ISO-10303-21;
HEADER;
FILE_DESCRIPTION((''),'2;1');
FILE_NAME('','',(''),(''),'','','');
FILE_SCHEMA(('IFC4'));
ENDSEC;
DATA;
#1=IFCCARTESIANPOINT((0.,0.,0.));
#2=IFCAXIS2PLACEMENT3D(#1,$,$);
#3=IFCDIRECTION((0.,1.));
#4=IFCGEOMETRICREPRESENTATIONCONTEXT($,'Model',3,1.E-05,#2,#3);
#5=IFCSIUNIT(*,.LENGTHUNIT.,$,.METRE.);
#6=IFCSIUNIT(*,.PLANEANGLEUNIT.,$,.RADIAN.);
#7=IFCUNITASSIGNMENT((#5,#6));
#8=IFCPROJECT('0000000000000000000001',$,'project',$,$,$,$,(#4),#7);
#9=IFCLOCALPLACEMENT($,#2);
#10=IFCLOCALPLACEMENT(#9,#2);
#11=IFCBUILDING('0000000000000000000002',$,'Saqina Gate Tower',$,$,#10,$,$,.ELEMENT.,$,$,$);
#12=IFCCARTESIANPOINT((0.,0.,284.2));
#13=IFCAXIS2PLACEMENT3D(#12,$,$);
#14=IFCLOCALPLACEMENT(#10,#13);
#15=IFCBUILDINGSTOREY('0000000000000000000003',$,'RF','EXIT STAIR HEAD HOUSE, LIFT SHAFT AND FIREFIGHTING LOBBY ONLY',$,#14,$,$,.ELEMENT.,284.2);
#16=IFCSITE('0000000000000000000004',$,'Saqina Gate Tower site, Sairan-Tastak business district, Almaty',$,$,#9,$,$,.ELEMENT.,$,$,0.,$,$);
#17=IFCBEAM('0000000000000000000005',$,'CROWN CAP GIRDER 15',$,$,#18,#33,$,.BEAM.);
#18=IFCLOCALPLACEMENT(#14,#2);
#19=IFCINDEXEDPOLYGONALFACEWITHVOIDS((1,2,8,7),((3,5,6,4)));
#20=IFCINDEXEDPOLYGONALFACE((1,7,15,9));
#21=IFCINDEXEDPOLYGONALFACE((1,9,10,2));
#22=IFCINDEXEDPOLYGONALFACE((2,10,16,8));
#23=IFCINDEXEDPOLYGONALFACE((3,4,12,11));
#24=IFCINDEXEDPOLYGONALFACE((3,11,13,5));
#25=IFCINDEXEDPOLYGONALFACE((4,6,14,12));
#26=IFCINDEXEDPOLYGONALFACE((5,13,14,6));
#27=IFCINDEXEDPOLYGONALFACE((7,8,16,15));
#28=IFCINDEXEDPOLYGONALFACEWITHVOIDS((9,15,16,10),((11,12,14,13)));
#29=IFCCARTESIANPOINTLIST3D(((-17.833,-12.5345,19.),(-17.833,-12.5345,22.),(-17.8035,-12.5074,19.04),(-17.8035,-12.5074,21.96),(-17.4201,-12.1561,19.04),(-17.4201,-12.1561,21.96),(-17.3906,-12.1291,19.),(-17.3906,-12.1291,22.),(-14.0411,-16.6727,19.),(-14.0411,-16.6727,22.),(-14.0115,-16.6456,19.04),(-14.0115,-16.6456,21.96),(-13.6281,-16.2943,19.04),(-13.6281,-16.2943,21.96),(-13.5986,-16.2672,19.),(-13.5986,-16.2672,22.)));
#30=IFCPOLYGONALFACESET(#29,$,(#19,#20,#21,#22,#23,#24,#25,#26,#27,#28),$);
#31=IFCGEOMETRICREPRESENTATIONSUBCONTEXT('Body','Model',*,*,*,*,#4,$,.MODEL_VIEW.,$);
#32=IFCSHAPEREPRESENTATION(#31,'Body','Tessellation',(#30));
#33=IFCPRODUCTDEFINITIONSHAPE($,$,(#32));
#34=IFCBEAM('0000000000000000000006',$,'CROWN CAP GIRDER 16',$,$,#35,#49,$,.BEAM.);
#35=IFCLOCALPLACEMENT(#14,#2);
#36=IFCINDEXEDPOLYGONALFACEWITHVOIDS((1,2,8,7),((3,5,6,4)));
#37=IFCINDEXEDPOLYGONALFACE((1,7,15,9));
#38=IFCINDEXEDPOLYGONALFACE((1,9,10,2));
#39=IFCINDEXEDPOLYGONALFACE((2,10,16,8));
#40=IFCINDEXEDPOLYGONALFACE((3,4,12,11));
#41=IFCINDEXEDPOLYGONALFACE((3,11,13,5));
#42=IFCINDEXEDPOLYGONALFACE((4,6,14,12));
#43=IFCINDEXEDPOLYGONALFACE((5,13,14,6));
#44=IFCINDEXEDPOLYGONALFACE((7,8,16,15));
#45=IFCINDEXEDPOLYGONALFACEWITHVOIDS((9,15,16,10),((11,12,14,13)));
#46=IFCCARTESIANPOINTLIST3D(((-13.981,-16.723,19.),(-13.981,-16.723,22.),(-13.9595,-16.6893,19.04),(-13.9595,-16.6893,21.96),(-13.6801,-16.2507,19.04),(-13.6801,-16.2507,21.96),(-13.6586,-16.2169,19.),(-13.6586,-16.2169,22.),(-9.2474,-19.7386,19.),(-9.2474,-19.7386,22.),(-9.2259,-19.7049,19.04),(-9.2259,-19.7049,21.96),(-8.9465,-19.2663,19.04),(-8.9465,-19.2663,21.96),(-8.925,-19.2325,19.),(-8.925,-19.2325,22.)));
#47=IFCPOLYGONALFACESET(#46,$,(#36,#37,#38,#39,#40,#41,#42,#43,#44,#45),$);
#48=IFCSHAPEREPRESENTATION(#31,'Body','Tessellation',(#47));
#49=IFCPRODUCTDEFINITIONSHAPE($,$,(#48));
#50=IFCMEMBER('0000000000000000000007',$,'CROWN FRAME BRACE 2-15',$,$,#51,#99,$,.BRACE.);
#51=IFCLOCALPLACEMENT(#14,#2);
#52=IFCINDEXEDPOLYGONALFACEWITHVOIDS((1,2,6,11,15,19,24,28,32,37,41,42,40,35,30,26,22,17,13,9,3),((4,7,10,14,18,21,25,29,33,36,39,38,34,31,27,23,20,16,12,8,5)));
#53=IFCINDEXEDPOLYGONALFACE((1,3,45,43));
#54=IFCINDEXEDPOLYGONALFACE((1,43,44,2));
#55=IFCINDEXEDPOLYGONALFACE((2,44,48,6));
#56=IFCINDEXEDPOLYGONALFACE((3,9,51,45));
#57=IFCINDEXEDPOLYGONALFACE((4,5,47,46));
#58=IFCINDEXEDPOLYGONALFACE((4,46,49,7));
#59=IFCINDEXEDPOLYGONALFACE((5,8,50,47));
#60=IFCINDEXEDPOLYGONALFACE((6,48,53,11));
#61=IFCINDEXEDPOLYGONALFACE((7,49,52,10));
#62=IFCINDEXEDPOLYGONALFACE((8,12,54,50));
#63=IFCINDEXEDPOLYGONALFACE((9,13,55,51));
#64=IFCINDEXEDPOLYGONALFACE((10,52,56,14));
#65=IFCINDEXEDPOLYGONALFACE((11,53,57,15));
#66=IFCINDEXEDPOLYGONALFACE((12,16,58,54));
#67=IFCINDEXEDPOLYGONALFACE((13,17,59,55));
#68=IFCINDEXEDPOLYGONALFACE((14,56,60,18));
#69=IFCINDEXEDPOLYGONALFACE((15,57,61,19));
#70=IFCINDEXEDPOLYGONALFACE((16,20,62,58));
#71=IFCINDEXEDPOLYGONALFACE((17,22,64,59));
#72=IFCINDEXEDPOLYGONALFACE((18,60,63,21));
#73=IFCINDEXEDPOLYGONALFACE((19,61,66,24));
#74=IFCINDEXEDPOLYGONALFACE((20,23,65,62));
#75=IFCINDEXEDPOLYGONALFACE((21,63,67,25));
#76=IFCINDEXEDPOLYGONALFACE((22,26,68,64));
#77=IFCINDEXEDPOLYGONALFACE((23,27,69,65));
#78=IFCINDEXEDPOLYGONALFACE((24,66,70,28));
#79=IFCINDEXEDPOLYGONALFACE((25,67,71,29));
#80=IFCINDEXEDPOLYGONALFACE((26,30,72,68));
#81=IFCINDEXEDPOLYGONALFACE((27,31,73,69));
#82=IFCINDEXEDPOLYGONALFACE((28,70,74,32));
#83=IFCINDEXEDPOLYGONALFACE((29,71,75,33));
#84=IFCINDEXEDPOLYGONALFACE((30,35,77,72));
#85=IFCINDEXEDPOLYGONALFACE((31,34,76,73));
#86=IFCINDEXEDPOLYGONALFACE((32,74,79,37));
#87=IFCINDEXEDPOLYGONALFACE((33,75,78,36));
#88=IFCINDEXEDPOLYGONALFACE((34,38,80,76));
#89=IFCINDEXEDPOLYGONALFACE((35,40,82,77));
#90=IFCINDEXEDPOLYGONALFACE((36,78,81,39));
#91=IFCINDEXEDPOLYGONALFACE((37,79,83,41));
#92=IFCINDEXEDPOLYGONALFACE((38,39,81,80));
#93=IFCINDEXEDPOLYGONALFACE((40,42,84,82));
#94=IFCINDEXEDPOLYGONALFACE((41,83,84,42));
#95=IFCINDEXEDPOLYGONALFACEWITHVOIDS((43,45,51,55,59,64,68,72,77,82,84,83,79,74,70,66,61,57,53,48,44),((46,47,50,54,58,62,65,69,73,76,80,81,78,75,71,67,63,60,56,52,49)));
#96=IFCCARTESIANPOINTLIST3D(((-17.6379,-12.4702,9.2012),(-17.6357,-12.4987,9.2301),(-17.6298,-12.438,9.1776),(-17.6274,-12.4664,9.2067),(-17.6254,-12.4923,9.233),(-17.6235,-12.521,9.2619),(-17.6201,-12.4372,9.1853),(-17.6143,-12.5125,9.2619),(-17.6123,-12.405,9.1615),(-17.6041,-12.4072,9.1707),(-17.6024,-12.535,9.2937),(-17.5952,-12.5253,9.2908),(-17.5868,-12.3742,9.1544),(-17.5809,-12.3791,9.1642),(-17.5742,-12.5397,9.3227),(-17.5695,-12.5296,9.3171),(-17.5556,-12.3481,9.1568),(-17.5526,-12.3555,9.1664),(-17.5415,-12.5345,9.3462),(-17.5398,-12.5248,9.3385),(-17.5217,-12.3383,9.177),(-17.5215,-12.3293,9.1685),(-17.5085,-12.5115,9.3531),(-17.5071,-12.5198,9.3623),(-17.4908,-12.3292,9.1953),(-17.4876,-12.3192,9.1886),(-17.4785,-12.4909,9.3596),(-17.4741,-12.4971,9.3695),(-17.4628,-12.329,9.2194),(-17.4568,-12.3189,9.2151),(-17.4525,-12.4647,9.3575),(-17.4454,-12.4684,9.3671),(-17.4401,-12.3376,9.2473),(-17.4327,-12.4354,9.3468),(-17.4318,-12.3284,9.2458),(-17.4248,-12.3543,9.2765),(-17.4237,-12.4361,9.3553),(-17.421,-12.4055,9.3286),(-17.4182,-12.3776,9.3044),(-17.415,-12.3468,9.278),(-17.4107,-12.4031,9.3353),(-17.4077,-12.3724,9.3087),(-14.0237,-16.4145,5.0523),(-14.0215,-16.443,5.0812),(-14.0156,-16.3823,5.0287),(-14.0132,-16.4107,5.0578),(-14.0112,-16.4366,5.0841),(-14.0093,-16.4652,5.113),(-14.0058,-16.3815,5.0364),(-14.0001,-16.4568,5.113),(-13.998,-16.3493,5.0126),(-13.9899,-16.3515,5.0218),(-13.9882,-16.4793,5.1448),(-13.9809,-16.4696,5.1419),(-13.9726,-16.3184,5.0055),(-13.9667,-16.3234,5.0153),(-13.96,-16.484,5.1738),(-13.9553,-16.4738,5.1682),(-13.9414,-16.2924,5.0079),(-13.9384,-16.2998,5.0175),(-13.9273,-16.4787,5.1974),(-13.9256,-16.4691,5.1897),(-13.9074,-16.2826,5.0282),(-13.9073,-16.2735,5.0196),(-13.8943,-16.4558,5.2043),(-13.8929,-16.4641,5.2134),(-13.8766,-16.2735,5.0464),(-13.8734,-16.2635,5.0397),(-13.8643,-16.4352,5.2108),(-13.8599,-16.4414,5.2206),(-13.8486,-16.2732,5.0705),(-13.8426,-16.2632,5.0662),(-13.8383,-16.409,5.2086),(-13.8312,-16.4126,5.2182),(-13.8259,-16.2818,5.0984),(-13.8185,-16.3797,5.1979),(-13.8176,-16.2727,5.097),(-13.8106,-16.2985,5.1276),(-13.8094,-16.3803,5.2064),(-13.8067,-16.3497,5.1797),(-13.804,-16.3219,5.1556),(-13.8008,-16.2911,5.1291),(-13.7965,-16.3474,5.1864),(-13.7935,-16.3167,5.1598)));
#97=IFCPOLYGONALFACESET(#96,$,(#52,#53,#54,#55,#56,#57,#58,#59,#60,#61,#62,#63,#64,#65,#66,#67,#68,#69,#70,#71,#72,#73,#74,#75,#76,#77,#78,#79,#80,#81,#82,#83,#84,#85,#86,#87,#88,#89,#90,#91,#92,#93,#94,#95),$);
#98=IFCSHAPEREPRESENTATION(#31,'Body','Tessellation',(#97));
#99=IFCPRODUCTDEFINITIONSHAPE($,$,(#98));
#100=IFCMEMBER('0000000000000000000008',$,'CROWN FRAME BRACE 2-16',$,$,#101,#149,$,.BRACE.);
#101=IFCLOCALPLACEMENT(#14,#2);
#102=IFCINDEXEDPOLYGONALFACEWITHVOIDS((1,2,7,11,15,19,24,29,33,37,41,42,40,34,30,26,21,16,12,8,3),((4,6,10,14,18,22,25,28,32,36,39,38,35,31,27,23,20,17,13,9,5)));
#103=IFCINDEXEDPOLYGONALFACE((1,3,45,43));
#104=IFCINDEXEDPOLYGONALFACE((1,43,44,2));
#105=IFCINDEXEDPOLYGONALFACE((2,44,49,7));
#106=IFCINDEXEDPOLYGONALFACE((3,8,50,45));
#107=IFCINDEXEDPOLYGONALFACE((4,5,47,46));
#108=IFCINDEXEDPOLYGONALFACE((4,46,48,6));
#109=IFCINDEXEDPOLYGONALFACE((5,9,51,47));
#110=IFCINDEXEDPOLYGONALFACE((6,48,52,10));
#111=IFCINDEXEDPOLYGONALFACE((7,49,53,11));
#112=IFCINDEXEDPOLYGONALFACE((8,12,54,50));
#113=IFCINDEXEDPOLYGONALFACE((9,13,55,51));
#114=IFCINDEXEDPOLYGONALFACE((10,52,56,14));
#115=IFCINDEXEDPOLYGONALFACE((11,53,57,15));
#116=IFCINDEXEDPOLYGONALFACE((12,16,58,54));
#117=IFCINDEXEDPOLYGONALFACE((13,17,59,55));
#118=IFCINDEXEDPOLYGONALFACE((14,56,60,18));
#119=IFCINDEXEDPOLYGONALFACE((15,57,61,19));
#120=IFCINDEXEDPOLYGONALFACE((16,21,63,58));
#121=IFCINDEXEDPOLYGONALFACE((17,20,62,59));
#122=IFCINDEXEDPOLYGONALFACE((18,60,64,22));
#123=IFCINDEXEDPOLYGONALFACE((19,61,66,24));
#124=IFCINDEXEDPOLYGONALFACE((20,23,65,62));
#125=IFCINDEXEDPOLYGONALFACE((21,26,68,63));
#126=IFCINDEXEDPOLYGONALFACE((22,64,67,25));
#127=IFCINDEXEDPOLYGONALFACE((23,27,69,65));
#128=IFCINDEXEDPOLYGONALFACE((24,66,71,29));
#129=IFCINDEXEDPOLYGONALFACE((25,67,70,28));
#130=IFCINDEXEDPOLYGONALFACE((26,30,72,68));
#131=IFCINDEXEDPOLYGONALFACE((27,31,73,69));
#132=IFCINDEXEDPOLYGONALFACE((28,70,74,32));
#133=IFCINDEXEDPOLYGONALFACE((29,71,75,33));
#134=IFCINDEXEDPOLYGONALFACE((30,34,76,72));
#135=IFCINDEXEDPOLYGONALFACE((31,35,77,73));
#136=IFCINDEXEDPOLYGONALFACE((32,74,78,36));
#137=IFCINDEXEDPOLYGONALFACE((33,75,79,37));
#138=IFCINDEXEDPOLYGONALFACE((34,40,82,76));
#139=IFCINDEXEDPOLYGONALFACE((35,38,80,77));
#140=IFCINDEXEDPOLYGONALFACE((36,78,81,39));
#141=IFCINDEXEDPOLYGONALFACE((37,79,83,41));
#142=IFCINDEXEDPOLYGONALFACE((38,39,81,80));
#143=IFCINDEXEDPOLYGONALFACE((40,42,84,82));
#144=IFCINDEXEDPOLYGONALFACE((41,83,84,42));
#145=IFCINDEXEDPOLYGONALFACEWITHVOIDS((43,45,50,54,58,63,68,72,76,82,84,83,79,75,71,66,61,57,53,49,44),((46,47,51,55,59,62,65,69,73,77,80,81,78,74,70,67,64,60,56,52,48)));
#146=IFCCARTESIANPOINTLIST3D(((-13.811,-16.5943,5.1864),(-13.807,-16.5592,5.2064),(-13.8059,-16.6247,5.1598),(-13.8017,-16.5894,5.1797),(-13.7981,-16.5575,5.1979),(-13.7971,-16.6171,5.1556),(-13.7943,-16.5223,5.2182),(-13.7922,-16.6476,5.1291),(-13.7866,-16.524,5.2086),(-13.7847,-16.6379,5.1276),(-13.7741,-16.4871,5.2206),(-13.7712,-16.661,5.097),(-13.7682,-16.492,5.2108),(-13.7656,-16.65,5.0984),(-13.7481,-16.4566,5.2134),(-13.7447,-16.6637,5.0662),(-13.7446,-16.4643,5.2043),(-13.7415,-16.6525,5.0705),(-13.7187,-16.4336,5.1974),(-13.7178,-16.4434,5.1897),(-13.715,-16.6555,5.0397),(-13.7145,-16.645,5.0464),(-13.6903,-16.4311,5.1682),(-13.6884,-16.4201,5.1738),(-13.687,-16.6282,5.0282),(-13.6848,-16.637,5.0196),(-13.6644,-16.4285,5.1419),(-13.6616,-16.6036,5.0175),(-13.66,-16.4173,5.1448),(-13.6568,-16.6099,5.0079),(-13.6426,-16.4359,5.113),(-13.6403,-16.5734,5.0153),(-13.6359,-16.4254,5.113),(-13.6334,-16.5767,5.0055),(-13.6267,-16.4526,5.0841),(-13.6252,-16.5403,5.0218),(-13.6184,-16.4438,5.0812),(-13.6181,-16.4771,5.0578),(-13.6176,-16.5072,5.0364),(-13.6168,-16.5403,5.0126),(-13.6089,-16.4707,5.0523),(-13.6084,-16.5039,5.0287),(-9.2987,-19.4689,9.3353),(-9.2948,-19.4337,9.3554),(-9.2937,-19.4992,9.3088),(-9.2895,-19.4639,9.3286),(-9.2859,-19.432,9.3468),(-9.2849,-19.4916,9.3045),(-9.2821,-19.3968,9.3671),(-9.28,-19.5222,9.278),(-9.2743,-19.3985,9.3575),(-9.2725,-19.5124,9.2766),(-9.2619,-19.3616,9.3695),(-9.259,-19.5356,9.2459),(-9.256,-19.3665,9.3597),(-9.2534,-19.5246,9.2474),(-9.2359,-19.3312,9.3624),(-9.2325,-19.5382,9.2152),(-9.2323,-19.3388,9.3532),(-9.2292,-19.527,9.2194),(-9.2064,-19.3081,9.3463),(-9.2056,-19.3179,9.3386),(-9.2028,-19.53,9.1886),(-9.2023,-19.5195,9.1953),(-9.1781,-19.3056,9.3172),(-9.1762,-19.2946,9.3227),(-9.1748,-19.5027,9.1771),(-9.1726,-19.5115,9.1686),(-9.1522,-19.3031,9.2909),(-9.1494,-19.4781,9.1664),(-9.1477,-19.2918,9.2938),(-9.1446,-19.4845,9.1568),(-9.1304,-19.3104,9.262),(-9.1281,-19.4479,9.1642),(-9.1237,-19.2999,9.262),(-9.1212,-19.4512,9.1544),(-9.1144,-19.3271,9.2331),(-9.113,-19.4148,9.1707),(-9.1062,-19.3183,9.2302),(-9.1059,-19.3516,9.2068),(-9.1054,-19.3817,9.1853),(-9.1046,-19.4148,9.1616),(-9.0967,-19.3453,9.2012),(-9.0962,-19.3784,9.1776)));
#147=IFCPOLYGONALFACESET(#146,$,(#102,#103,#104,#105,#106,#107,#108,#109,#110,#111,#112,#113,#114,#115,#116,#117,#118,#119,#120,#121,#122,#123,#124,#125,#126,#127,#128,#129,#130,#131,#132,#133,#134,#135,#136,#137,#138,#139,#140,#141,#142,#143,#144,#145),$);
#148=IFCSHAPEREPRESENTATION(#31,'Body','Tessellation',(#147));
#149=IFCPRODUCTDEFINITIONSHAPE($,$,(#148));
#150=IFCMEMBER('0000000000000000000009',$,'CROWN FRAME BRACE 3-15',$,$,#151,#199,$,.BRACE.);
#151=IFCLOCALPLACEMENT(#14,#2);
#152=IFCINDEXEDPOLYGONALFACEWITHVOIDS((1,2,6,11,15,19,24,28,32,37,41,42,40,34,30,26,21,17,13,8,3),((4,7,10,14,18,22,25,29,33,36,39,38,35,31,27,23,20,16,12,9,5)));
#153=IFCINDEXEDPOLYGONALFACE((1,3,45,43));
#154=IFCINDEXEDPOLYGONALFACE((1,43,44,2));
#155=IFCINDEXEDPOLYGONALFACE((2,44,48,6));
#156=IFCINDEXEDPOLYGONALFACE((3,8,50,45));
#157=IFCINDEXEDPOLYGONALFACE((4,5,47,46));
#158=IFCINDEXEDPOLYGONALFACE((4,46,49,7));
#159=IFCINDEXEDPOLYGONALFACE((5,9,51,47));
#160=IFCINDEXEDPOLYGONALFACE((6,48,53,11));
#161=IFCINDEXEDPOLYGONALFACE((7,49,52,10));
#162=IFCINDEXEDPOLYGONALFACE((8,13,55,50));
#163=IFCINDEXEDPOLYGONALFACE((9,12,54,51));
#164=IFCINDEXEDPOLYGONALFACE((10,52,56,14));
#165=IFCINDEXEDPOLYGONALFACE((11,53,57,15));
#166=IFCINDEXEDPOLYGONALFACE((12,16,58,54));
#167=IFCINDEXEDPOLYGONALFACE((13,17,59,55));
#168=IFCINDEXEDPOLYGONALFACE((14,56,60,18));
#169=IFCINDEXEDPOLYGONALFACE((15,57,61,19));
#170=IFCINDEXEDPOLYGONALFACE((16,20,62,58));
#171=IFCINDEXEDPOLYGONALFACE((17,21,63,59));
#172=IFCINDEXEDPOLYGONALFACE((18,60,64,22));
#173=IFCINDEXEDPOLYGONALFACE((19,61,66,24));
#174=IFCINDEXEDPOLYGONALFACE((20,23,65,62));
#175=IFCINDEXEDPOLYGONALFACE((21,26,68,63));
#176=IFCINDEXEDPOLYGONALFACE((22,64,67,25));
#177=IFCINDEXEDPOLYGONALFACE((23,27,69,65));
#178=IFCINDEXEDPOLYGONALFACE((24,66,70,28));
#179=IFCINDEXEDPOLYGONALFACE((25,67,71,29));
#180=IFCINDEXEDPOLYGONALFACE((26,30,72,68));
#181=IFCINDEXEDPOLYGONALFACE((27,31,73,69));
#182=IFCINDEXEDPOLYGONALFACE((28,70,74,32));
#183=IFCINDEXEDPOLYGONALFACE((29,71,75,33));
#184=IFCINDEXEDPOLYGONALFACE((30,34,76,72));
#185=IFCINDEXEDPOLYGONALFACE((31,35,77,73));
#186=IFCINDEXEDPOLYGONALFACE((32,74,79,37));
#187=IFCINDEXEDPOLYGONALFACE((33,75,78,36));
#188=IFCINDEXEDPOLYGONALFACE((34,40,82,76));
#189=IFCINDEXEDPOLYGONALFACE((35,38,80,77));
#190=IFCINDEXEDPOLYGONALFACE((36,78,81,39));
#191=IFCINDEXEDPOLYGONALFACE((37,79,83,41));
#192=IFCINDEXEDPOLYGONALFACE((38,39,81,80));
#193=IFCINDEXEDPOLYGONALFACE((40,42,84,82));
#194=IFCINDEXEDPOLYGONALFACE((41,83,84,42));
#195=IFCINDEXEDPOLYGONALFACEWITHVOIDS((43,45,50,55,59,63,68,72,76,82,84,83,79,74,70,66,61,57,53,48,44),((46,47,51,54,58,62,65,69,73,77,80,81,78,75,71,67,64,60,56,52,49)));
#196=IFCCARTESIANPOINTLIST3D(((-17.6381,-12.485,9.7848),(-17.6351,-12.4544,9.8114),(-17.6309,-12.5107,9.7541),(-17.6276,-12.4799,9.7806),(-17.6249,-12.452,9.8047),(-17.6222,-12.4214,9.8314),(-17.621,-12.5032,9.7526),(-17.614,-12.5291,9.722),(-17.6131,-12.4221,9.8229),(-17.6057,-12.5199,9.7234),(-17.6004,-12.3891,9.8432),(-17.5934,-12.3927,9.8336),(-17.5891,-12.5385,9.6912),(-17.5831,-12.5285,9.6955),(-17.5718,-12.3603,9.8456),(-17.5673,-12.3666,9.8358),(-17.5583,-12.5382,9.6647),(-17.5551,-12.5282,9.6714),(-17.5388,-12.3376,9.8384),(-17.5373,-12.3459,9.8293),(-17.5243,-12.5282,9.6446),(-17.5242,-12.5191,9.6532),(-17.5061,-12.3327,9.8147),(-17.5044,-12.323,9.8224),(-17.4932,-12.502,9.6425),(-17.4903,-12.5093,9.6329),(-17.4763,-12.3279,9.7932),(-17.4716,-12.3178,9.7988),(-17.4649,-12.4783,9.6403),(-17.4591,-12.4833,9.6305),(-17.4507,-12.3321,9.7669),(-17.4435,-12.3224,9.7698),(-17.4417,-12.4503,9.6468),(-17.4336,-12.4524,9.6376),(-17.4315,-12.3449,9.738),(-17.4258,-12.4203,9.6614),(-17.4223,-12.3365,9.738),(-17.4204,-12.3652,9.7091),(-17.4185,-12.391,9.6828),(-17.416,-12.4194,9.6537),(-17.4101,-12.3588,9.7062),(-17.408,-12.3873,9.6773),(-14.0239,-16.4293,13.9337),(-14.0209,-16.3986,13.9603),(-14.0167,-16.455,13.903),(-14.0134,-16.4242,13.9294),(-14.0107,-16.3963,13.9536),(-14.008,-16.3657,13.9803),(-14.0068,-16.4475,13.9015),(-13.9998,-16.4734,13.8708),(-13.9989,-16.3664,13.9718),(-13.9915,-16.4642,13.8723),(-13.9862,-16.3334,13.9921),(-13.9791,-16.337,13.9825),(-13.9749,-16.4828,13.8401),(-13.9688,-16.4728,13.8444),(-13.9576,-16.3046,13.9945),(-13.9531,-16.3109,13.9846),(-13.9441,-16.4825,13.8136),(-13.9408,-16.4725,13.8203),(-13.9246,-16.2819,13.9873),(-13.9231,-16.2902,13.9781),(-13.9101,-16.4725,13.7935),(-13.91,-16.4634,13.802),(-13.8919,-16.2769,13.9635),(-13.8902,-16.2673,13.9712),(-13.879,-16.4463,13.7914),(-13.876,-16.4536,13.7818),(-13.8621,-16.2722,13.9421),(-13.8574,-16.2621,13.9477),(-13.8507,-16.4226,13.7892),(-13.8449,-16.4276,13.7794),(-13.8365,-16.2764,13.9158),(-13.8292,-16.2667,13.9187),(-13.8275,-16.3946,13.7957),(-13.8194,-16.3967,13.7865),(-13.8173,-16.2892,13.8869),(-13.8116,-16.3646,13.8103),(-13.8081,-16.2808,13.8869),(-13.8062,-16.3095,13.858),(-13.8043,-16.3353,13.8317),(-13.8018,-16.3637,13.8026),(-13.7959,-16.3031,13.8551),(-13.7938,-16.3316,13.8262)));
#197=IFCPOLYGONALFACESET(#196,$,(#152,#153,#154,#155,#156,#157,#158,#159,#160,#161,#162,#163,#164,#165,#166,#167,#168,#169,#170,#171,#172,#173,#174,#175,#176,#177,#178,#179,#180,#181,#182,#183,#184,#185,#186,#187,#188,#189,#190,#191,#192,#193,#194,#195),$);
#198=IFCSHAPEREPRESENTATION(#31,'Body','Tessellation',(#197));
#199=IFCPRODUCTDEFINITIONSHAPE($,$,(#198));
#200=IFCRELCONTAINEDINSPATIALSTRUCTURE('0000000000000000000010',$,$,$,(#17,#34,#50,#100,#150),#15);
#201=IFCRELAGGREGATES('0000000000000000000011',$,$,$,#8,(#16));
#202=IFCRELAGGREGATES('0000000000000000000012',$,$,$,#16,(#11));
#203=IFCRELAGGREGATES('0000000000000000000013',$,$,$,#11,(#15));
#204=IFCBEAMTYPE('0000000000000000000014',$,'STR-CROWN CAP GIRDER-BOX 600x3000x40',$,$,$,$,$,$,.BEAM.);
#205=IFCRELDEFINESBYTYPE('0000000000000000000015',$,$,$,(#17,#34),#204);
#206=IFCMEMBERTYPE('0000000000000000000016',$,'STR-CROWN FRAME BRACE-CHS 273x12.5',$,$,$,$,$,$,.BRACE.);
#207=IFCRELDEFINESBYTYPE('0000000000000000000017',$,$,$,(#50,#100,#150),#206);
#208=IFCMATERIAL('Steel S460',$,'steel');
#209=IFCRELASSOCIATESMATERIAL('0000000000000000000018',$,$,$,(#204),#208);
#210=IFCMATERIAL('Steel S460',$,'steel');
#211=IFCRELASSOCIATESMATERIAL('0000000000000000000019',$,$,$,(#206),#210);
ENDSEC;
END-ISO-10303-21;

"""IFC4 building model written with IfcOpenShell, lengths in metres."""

from ifc_helpers import new_model, si_unit, direction, frame, origin, origin_2d, place, context, subcontext, project, spatial, hollow_rectangle, hollow_circle, extrude, material, material_profile, profile_set, type_object, element, save


model = new_model("IFC4")

# Units and contexts
model_context = context("Model", 3, precision=1e-05, world=origin(), true_north=direction((0.0, 1.0)))
body_context = subcontext(model_context, "Body", "Model", "MODEL_VIEW")
ifc_project = project(units=[si_unit("LENGTHUNIT", "METRE"), si_unit("PLANEANGLEUNIT", "RADIAN")], contexts=[model_context])

# Site, building, storey
site_placement = place(None, origin())
site = spatial("IfcSite", under=ifc_project, at=site_placement, Name="Saqina Gate Tower site, Sairan-Tastak business district, Almaty", CompositionType="ELEMENT", RefElevation=0.0)
building_placement = place(site_placement, origin())
building = spatial("IfcBuilding", under=site, at=building_placement, Name="Saqina Gate Tower", CompositionType="ELEMENT")
storey_placement = place(building_placement, frame((0.0, 0.0, 284.2)))
storey = spatial("IfcBuildingStorey", under=building, at=storey_placement, Name="RF", Description="EXIT STAIR HEAD HOUSE, LIFT SHAFT AND FIREFIGHTING LOBBY ONLY", CompositionType="ELEMENT", Elevation=284.2)

# Beams
ifc_material_1 = material(Name="Steel S460", Category="steel")
ifc_material_profile_1 = material_profile(ifc_material_1, hollow_rectangle(XDim=0.6001, YDim=3.0, WallThickness=0.04, at=origin_2d()), Name="BOX 600x3000x40")
ifc_profile_set_1 = profile_set([ifc_material_profile_1], Name="Steel S460")
beam_type_1 = type_object("IfcBeamType", Name="STR-CROWN CAP GIRDER-BOX 600x3000x40", PredefinedType="BEAM", material=ifc_profile_set_1)
beam_1_placement = place(storey_placement, frame((-17.6118, -12.3318, 20.5), z_axis=(0.675595, -0.737273, 0.0), x_axis=(0.737273, 0.675595, 0.0)))
element("IfcBeam", 1, at=beam_1_placement, inside=storey, type_object=beam_type_1, Name="CROWN CAP GIRDER 15", PredefinedType="BEAM", context=body_context, shape_type="SweptSolid", body=[
    extrude(hollow_rectangle(XDim=0.6001, YDim=3.0, WallThickness=0.04, at=origin_2d()), origin(), (0.0, 0.0, 1.0), 5.6128),
])
beam_2_placement = place(storey_placement, frame((-13.8198, -16.47, 20.5), z_axis=(0.843395, -0.537295, 0.0), x_axis=(0.537295, 0.843395, 0.0)))
element("IfcBeam", 2, at=beam_2_placement, inside=storey, type_object=beam_type_1, Name="CROWN CAP GIRDER 16", PredefinedType="BEAM", context=body_context, shape_type="SweptSolid", body=[
    extrude(hollow_rectangle(XDim=0.6001, YDim=3.0, WallThickness=0.04, at=origin_2d()), origin(), (0.0, 0.0, 1.0), 5.6125),
])

# Members
ifc_material_2 = material(Name="Steel S460", Category="steel")
ifc_material_profile_2 = material_profile(ifc_material_2, hollow_circle(Radius=0.1365, WallThickness=0.0125, at=origin_2d()), Name="CHS 273x12.5")
ifc_profile_set_2 = profile_set([ifc_material_profile_2], Name="Steel S460")
member_type = type_object("IfcMemberType", Name="STR-CROWN FRAME BRACE-CHS 273x12.5", PredefinedType="BRACE", material=ifc_profile_set_2)
member_1_placement = place(storey_placement, frame((-13.9087, -16.373, 5.113), z_axis=(-0.533856, 0.582611, 0.612831), x_axis=(-0.737283, -0.675584, 0.0)))
element("IfcMember", 3, at=member_1_placement, inside=storey, type_object=member_type, Name="CROWN FRAME BRACE 2-15", PredefinedType="BRACE", context=body_context, shape_type="SweptSolid", body=[
    extrude(hollow_circle(Radius=0.1365, WallThickness=0.0125, at=origin_2d()), origin(), (0.0, 0.0, 1.0), 6.77),
])
member_2_placement = place(storey_placement, frame((-13.7092, -16.5405, 5.113), z_axis=(0.666475, -0.424579, 0.612816), x_axis=(0.537289, 0.843398, 0.0)))
element("IfcMember", 4, at=member_2_placement, inside=storey, type_object=member_type, Name="CROWN FRAME BRACE 2-16", PredefinedType="BRACE", context=body_context, shape_type="SweptSolid", body=[
    extrude(hollow_circle(Radius=0.1365, WallThickness=0.0125, at=origin_2d()), origin(), (0.0, 0.0, 1.0), 6.7703),
])
for number, where, z_axis, x_axis, name in (
    (5, (-17.5229, -12.4287, 9.738), (0.533856, -0.582611, 0.612831), (0.737283, 0.675584, 0.0), "CROWN FRAME BRACE 3-15"),
):
    element("IfcMember", number, at=place(storey_placement, frame(where, z_axis=z_axis, x_axis=x_axis)), inside=storey, type_object=member_type, Name=name, PredefinedType="BRACE", context=body_context, shape_type="SweptSolid", body=[
        extrude(hollow_circle(Radius=0.1365, WallThickness=0.0125, at=origin_2d()), origin(), (0.0, 0.0, 1.0), 6.77),
    ])

save(model, "model.ifc")
